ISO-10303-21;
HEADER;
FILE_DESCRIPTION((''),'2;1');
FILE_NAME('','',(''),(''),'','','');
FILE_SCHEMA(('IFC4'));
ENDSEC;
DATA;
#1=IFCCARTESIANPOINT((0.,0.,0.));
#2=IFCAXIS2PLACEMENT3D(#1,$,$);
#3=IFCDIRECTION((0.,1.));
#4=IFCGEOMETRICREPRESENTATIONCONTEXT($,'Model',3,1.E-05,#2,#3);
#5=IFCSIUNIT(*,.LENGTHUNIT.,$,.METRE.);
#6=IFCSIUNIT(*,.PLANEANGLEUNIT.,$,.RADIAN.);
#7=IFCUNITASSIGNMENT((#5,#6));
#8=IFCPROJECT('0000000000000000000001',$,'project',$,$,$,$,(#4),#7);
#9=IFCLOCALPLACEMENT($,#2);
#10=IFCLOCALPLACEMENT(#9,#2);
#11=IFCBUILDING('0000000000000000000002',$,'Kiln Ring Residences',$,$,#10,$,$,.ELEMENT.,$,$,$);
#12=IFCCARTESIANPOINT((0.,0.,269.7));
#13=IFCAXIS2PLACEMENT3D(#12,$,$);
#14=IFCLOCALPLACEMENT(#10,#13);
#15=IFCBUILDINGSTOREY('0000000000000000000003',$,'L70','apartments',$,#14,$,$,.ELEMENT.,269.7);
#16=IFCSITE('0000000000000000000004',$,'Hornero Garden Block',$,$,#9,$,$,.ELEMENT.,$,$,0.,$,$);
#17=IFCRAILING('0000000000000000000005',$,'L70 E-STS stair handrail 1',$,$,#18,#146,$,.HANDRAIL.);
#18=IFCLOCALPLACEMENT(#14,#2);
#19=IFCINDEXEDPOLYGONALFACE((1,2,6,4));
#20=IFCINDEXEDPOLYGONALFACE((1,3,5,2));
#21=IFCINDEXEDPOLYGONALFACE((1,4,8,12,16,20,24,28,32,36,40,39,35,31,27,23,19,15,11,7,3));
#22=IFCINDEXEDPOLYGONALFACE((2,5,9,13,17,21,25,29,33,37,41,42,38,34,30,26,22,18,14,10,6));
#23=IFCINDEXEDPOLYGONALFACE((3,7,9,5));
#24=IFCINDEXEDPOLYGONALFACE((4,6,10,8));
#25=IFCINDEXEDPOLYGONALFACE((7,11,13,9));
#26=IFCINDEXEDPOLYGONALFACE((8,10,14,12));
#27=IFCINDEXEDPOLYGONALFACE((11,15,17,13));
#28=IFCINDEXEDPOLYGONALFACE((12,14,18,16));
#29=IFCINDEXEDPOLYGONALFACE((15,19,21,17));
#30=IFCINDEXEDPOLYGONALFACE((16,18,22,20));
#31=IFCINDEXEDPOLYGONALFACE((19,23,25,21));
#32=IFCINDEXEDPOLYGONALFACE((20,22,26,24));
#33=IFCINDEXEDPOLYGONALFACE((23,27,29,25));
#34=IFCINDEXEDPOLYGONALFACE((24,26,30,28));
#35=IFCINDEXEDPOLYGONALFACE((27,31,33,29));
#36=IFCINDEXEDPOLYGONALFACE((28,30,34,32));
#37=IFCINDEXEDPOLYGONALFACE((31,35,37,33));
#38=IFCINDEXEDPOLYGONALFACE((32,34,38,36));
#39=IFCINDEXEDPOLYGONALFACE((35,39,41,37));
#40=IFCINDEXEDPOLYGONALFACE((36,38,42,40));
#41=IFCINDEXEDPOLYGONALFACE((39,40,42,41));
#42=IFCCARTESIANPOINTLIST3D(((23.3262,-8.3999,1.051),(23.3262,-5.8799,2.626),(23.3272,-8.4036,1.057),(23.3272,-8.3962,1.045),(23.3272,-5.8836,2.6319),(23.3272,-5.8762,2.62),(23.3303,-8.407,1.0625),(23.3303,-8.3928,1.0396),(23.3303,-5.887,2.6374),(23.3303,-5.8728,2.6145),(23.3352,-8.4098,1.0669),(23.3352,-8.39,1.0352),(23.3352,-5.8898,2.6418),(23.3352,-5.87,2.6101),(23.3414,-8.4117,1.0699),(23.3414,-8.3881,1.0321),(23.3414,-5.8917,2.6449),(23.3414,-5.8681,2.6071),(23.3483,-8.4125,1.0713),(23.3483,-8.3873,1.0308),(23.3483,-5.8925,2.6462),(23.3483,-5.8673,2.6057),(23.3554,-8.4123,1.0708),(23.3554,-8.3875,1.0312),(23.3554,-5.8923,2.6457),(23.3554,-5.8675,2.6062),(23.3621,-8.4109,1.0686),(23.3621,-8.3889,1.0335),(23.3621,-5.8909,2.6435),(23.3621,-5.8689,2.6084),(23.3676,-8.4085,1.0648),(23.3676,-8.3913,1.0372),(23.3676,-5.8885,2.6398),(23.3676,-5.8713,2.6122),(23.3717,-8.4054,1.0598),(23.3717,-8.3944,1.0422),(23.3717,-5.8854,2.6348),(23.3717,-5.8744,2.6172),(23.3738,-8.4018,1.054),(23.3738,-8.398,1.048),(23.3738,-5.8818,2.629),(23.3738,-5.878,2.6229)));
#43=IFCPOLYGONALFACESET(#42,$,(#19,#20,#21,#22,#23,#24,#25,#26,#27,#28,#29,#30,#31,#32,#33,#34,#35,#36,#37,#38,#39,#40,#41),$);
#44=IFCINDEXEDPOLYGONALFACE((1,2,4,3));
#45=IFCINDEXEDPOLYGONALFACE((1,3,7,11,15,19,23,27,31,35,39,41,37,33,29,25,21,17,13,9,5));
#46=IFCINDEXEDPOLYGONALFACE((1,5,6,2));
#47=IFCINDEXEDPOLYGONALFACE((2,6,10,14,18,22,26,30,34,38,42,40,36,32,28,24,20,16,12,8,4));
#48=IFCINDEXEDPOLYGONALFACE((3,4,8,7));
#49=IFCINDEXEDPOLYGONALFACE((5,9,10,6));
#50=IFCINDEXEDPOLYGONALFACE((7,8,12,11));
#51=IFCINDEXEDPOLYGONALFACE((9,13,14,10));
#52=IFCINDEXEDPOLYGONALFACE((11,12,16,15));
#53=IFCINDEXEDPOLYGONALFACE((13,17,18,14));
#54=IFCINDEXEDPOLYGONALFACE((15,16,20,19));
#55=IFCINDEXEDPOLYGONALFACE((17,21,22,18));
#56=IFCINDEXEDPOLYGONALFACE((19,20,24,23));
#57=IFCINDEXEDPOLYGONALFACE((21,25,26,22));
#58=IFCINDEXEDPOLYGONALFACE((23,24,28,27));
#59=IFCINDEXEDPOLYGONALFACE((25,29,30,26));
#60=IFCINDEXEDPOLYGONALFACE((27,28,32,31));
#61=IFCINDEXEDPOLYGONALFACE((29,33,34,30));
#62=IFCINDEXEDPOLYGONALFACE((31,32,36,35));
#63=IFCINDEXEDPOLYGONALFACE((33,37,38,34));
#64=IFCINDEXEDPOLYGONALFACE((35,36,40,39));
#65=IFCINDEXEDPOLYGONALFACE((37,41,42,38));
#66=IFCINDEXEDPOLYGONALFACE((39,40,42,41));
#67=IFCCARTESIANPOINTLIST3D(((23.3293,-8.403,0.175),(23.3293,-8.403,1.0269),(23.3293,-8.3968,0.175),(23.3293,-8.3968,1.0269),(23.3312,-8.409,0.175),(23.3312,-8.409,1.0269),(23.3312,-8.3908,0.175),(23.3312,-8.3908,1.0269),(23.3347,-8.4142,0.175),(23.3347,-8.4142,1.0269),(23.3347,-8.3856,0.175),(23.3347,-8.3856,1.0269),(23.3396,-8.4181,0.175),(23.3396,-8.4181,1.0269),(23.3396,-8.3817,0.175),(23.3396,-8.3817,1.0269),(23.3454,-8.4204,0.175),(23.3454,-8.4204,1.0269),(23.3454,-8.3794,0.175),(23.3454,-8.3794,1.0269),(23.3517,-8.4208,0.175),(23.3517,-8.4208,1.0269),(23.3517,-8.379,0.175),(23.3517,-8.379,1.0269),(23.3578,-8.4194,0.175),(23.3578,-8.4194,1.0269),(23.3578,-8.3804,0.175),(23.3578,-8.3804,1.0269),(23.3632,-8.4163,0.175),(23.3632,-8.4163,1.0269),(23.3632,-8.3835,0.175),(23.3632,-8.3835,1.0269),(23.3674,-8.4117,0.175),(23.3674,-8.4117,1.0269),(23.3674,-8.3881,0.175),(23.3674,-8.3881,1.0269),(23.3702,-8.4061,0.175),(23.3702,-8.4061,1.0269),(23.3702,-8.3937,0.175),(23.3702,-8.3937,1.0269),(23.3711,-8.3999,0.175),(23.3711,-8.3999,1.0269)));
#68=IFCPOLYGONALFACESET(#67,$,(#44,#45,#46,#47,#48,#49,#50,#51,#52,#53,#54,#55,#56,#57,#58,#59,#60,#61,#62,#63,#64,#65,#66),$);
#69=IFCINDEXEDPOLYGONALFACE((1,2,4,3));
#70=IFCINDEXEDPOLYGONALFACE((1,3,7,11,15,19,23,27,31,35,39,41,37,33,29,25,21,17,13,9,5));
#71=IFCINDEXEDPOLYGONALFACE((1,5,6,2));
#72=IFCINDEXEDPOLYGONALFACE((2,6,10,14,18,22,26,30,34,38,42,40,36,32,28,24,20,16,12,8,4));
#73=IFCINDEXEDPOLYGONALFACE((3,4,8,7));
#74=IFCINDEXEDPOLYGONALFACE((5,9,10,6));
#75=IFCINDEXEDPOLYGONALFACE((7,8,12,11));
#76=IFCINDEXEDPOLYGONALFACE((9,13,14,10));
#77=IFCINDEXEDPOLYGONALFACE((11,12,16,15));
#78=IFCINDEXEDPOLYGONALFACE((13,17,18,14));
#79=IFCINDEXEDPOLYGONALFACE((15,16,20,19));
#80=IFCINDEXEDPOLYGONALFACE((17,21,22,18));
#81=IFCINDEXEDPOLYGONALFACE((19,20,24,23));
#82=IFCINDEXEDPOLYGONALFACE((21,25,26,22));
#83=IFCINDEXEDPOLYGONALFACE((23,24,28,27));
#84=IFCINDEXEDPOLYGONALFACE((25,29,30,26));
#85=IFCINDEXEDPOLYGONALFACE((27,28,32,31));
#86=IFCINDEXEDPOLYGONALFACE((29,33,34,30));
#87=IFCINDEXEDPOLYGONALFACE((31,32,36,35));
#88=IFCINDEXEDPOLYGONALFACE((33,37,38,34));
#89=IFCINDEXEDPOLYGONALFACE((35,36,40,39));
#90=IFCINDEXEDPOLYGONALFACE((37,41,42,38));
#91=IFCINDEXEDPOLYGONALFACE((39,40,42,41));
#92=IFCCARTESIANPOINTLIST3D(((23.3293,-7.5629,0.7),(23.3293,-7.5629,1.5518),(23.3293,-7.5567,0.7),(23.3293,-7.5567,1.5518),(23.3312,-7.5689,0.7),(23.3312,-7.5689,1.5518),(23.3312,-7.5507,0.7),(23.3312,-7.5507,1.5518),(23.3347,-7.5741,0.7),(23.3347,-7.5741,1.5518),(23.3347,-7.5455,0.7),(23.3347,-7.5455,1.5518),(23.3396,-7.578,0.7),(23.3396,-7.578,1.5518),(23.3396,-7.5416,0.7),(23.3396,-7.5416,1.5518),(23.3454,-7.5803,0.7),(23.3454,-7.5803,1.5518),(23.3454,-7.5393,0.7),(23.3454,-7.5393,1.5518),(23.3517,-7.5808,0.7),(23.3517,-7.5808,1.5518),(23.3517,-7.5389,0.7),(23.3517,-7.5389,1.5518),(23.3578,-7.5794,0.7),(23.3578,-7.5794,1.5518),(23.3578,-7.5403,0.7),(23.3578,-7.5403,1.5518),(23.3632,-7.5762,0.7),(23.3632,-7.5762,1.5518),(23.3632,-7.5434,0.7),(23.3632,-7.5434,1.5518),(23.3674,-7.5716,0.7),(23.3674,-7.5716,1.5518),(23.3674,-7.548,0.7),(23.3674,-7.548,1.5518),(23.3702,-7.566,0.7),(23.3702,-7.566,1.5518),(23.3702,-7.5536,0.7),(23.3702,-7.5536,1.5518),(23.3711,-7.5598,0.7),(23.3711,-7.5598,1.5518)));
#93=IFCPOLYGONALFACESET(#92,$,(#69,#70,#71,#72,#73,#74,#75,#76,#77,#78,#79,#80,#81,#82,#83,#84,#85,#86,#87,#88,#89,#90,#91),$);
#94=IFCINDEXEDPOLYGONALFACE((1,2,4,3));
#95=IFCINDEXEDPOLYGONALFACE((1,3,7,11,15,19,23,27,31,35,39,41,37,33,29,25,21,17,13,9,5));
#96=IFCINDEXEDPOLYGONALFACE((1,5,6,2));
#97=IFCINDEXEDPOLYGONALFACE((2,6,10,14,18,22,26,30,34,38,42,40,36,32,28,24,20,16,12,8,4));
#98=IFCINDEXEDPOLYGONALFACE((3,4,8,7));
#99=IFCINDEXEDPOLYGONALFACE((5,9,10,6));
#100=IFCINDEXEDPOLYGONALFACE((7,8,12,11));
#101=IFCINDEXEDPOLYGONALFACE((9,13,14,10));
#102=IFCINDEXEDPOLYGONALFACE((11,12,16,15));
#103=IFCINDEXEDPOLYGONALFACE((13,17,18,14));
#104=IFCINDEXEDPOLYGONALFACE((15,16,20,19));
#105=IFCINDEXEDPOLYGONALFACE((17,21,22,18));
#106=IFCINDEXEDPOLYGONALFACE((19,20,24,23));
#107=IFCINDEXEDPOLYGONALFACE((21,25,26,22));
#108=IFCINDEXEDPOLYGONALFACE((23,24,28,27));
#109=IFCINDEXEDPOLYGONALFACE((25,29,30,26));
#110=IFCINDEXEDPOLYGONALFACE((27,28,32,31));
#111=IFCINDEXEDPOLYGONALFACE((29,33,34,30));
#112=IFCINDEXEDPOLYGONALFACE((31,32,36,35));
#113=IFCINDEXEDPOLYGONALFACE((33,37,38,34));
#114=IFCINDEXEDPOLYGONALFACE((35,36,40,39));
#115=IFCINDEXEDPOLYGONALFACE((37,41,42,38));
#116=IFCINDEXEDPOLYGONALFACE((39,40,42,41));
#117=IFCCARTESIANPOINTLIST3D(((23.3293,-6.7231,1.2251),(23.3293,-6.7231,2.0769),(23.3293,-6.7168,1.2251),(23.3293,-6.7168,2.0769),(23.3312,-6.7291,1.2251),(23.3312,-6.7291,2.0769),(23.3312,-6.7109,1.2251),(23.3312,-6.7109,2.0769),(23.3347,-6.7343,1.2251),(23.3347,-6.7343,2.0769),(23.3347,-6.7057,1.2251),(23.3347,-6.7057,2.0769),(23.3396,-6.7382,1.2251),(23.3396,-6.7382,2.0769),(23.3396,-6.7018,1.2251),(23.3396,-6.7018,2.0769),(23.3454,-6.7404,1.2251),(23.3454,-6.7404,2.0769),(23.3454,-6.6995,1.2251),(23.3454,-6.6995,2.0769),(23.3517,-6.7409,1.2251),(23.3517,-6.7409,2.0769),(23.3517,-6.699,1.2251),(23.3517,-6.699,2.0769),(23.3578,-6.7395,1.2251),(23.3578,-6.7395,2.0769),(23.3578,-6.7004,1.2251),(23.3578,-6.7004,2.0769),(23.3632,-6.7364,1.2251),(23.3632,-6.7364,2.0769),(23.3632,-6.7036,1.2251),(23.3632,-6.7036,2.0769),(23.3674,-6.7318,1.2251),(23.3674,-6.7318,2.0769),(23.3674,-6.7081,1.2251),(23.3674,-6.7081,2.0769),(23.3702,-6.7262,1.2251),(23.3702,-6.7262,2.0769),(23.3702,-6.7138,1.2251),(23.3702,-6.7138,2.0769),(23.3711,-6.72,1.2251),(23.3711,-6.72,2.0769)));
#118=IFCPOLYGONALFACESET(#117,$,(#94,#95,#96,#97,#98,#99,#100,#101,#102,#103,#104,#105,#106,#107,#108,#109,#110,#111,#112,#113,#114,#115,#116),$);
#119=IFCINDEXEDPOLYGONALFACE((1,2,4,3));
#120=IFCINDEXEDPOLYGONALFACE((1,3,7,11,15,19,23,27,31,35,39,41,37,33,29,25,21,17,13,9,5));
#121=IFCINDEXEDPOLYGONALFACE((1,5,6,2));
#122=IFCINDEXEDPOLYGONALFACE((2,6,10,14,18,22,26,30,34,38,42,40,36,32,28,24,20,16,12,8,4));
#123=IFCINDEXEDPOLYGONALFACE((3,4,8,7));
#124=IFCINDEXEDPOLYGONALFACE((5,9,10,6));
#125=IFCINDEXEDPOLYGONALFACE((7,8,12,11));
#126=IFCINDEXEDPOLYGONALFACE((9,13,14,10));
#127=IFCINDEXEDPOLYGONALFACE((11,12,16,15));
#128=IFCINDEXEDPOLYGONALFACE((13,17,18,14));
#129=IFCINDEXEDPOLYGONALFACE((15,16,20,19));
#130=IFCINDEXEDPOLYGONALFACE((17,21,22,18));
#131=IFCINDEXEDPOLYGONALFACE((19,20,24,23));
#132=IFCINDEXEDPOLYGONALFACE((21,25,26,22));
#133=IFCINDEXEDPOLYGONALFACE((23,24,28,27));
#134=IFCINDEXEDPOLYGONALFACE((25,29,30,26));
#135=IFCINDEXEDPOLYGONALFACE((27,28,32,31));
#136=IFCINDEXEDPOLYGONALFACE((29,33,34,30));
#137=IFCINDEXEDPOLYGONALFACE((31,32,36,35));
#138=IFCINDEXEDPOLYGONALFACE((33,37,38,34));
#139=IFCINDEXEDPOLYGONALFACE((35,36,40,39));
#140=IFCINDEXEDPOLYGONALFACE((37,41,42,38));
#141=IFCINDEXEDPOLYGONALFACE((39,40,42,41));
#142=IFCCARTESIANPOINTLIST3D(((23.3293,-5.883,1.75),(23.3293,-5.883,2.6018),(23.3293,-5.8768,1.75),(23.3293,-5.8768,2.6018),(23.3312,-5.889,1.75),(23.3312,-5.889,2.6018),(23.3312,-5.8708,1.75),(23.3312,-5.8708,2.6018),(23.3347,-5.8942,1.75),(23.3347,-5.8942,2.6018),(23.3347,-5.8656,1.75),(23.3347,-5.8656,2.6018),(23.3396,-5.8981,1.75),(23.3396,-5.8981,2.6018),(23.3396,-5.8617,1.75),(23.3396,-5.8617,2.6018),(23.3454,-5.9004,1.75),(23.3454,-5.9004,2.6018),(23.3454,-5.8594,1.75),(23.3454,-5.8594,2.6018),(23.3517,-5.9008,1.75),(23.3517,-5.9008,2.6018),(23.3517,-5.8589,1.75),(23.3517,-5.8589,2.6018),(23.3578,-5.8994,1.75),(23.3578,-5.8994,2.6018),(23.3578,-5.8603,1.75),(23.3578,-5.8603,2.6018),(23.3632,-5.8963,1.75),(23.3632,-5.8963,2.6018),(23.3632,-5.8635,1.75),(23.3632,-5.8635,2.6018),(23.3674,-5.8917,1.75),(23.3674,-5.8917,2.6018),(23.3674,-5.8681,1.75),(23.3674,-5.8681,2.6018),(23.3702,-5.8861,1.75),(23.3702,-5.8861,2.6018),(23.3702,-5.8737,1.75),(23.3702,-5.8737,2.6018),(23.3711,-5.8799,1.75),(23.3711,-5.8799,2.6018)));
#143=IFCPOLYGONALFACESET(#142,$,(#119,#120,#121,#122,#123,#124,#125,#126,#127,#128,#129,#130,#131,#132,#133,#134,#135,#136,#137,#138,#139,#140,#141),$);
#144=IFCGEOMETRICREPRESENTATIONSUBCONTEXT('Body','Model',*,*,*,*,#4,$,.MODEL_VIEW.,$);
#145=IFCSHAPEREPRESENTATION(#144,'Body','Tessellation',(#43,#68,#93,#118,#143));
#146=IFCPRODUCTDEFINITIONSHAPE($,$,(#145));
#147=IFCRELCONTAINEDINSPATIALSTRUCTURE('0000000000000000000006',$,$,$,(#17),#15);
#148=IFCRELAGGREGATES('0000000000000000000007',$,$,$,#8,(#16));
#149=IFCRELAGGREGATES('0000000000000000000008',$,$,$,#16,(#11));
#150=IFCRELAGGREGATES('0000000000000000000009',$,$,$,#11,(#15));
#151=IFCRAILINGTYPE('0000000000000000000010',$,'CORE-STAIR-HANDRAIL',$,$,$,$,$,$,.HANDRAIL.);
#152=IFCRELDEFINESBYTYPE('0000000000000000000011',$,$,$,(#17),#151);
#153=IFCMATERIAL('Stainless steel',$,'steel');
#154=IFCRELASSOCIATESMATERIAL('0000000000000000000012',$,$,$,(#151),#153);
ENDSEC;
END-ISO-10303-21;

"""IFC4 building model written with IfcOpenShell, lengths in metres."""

from ifc_helpers import new_model, si_unit, direction, frame, origin, origin_2d, place, context, subcontext, project, spatial, circle, extrude, material, type_object, element, save


model = new_model("IFC4")

# Units and contexts
model_context = context("Model", 3, precision=1e-05, world=origin(), true_north=direction((0.0, 1.0)))
body_context = subcontext(model_context, "Body", "Model", "MODEL_VIEW")
ifc_project = project(units=[si_unit("LENGTHUNIT", "METRE"), si_unit("PLANEANGLEUNIT", "RADIAN")], contexts=[model_context])

# Site, building, storey
site_placement = place(None, origin())
site = spatial("IfcSite", under=ifc_project, at=site_placement, Name="Hornero Garden Block", CompositionType="ELEMENT", RefElevation=0.0)
building_placement = place(site_placement, origin())
building = spatial("IfcBuilding", under=site, at=building_placement, Name="Kiln Ring Residences", CompositionType="ELEMENT")
storey_placement = place(building_placement, frame((0.0, 0.0, 269.7)))
storey = spatial("IfcBuildingStorey", under=building, at=storey_placement, Name="L70", Description="apartments", CompositionType="ELEMENT", Elevation=269.7)

# Railing
ifc_material_1 = material(Name="Stainless steel", Category="steel")
railing_type_1 = type_object("IfcRailingType", Name="CORE-STAIR-HANDRAIL", PredefinedType="HANDRAIL", material=ifc_material_1)
railing_1_placement = place(storey_placement, frame((23.3501, -8.3999, 0.175)))
element("IfcRailing", 1, at=railing_1_placement, inside=storey, type_object=railing_type_1, Name="L70 E-STS stair handrail 1", PredefinedType="HANDRAIL", context=body_context, shape_type="SweptSolid", body=[
    extrude(circle(Radius=0.0239, at=origin_2d()), frame((0.0, 0.0, 0.876), z_axis=(0.0, 0.848008, 0.529984), x_axis=(-1.0, 0.0, 0.0)), (0.0, 0.0, 1.0), 2.9717),
    extrude(circle(Radius=0.021, at=origin_2d()), origin(), (0.0, 0.0, 1.0), 0.8518),
    extrude(circle(Radius=0.021, at=origin_2d()), frame((0.0, 0.8401, 0.5249)), (0.0, 0.0, 1.0), 0.8518),
    extrude(circle(Radius=0.021, at=origin_2d()), frame((0.0, 1.6799, 1.05)), (0.0, 0.0, 1.0), 0.8518),
    extrude(circle(Radius=0.021, at=origin_2d()), frame((0.0, 2.52, 1.575)), (0.0, 0.0, 1.0), 0.8518),
])

save(model, "model.ifc")
